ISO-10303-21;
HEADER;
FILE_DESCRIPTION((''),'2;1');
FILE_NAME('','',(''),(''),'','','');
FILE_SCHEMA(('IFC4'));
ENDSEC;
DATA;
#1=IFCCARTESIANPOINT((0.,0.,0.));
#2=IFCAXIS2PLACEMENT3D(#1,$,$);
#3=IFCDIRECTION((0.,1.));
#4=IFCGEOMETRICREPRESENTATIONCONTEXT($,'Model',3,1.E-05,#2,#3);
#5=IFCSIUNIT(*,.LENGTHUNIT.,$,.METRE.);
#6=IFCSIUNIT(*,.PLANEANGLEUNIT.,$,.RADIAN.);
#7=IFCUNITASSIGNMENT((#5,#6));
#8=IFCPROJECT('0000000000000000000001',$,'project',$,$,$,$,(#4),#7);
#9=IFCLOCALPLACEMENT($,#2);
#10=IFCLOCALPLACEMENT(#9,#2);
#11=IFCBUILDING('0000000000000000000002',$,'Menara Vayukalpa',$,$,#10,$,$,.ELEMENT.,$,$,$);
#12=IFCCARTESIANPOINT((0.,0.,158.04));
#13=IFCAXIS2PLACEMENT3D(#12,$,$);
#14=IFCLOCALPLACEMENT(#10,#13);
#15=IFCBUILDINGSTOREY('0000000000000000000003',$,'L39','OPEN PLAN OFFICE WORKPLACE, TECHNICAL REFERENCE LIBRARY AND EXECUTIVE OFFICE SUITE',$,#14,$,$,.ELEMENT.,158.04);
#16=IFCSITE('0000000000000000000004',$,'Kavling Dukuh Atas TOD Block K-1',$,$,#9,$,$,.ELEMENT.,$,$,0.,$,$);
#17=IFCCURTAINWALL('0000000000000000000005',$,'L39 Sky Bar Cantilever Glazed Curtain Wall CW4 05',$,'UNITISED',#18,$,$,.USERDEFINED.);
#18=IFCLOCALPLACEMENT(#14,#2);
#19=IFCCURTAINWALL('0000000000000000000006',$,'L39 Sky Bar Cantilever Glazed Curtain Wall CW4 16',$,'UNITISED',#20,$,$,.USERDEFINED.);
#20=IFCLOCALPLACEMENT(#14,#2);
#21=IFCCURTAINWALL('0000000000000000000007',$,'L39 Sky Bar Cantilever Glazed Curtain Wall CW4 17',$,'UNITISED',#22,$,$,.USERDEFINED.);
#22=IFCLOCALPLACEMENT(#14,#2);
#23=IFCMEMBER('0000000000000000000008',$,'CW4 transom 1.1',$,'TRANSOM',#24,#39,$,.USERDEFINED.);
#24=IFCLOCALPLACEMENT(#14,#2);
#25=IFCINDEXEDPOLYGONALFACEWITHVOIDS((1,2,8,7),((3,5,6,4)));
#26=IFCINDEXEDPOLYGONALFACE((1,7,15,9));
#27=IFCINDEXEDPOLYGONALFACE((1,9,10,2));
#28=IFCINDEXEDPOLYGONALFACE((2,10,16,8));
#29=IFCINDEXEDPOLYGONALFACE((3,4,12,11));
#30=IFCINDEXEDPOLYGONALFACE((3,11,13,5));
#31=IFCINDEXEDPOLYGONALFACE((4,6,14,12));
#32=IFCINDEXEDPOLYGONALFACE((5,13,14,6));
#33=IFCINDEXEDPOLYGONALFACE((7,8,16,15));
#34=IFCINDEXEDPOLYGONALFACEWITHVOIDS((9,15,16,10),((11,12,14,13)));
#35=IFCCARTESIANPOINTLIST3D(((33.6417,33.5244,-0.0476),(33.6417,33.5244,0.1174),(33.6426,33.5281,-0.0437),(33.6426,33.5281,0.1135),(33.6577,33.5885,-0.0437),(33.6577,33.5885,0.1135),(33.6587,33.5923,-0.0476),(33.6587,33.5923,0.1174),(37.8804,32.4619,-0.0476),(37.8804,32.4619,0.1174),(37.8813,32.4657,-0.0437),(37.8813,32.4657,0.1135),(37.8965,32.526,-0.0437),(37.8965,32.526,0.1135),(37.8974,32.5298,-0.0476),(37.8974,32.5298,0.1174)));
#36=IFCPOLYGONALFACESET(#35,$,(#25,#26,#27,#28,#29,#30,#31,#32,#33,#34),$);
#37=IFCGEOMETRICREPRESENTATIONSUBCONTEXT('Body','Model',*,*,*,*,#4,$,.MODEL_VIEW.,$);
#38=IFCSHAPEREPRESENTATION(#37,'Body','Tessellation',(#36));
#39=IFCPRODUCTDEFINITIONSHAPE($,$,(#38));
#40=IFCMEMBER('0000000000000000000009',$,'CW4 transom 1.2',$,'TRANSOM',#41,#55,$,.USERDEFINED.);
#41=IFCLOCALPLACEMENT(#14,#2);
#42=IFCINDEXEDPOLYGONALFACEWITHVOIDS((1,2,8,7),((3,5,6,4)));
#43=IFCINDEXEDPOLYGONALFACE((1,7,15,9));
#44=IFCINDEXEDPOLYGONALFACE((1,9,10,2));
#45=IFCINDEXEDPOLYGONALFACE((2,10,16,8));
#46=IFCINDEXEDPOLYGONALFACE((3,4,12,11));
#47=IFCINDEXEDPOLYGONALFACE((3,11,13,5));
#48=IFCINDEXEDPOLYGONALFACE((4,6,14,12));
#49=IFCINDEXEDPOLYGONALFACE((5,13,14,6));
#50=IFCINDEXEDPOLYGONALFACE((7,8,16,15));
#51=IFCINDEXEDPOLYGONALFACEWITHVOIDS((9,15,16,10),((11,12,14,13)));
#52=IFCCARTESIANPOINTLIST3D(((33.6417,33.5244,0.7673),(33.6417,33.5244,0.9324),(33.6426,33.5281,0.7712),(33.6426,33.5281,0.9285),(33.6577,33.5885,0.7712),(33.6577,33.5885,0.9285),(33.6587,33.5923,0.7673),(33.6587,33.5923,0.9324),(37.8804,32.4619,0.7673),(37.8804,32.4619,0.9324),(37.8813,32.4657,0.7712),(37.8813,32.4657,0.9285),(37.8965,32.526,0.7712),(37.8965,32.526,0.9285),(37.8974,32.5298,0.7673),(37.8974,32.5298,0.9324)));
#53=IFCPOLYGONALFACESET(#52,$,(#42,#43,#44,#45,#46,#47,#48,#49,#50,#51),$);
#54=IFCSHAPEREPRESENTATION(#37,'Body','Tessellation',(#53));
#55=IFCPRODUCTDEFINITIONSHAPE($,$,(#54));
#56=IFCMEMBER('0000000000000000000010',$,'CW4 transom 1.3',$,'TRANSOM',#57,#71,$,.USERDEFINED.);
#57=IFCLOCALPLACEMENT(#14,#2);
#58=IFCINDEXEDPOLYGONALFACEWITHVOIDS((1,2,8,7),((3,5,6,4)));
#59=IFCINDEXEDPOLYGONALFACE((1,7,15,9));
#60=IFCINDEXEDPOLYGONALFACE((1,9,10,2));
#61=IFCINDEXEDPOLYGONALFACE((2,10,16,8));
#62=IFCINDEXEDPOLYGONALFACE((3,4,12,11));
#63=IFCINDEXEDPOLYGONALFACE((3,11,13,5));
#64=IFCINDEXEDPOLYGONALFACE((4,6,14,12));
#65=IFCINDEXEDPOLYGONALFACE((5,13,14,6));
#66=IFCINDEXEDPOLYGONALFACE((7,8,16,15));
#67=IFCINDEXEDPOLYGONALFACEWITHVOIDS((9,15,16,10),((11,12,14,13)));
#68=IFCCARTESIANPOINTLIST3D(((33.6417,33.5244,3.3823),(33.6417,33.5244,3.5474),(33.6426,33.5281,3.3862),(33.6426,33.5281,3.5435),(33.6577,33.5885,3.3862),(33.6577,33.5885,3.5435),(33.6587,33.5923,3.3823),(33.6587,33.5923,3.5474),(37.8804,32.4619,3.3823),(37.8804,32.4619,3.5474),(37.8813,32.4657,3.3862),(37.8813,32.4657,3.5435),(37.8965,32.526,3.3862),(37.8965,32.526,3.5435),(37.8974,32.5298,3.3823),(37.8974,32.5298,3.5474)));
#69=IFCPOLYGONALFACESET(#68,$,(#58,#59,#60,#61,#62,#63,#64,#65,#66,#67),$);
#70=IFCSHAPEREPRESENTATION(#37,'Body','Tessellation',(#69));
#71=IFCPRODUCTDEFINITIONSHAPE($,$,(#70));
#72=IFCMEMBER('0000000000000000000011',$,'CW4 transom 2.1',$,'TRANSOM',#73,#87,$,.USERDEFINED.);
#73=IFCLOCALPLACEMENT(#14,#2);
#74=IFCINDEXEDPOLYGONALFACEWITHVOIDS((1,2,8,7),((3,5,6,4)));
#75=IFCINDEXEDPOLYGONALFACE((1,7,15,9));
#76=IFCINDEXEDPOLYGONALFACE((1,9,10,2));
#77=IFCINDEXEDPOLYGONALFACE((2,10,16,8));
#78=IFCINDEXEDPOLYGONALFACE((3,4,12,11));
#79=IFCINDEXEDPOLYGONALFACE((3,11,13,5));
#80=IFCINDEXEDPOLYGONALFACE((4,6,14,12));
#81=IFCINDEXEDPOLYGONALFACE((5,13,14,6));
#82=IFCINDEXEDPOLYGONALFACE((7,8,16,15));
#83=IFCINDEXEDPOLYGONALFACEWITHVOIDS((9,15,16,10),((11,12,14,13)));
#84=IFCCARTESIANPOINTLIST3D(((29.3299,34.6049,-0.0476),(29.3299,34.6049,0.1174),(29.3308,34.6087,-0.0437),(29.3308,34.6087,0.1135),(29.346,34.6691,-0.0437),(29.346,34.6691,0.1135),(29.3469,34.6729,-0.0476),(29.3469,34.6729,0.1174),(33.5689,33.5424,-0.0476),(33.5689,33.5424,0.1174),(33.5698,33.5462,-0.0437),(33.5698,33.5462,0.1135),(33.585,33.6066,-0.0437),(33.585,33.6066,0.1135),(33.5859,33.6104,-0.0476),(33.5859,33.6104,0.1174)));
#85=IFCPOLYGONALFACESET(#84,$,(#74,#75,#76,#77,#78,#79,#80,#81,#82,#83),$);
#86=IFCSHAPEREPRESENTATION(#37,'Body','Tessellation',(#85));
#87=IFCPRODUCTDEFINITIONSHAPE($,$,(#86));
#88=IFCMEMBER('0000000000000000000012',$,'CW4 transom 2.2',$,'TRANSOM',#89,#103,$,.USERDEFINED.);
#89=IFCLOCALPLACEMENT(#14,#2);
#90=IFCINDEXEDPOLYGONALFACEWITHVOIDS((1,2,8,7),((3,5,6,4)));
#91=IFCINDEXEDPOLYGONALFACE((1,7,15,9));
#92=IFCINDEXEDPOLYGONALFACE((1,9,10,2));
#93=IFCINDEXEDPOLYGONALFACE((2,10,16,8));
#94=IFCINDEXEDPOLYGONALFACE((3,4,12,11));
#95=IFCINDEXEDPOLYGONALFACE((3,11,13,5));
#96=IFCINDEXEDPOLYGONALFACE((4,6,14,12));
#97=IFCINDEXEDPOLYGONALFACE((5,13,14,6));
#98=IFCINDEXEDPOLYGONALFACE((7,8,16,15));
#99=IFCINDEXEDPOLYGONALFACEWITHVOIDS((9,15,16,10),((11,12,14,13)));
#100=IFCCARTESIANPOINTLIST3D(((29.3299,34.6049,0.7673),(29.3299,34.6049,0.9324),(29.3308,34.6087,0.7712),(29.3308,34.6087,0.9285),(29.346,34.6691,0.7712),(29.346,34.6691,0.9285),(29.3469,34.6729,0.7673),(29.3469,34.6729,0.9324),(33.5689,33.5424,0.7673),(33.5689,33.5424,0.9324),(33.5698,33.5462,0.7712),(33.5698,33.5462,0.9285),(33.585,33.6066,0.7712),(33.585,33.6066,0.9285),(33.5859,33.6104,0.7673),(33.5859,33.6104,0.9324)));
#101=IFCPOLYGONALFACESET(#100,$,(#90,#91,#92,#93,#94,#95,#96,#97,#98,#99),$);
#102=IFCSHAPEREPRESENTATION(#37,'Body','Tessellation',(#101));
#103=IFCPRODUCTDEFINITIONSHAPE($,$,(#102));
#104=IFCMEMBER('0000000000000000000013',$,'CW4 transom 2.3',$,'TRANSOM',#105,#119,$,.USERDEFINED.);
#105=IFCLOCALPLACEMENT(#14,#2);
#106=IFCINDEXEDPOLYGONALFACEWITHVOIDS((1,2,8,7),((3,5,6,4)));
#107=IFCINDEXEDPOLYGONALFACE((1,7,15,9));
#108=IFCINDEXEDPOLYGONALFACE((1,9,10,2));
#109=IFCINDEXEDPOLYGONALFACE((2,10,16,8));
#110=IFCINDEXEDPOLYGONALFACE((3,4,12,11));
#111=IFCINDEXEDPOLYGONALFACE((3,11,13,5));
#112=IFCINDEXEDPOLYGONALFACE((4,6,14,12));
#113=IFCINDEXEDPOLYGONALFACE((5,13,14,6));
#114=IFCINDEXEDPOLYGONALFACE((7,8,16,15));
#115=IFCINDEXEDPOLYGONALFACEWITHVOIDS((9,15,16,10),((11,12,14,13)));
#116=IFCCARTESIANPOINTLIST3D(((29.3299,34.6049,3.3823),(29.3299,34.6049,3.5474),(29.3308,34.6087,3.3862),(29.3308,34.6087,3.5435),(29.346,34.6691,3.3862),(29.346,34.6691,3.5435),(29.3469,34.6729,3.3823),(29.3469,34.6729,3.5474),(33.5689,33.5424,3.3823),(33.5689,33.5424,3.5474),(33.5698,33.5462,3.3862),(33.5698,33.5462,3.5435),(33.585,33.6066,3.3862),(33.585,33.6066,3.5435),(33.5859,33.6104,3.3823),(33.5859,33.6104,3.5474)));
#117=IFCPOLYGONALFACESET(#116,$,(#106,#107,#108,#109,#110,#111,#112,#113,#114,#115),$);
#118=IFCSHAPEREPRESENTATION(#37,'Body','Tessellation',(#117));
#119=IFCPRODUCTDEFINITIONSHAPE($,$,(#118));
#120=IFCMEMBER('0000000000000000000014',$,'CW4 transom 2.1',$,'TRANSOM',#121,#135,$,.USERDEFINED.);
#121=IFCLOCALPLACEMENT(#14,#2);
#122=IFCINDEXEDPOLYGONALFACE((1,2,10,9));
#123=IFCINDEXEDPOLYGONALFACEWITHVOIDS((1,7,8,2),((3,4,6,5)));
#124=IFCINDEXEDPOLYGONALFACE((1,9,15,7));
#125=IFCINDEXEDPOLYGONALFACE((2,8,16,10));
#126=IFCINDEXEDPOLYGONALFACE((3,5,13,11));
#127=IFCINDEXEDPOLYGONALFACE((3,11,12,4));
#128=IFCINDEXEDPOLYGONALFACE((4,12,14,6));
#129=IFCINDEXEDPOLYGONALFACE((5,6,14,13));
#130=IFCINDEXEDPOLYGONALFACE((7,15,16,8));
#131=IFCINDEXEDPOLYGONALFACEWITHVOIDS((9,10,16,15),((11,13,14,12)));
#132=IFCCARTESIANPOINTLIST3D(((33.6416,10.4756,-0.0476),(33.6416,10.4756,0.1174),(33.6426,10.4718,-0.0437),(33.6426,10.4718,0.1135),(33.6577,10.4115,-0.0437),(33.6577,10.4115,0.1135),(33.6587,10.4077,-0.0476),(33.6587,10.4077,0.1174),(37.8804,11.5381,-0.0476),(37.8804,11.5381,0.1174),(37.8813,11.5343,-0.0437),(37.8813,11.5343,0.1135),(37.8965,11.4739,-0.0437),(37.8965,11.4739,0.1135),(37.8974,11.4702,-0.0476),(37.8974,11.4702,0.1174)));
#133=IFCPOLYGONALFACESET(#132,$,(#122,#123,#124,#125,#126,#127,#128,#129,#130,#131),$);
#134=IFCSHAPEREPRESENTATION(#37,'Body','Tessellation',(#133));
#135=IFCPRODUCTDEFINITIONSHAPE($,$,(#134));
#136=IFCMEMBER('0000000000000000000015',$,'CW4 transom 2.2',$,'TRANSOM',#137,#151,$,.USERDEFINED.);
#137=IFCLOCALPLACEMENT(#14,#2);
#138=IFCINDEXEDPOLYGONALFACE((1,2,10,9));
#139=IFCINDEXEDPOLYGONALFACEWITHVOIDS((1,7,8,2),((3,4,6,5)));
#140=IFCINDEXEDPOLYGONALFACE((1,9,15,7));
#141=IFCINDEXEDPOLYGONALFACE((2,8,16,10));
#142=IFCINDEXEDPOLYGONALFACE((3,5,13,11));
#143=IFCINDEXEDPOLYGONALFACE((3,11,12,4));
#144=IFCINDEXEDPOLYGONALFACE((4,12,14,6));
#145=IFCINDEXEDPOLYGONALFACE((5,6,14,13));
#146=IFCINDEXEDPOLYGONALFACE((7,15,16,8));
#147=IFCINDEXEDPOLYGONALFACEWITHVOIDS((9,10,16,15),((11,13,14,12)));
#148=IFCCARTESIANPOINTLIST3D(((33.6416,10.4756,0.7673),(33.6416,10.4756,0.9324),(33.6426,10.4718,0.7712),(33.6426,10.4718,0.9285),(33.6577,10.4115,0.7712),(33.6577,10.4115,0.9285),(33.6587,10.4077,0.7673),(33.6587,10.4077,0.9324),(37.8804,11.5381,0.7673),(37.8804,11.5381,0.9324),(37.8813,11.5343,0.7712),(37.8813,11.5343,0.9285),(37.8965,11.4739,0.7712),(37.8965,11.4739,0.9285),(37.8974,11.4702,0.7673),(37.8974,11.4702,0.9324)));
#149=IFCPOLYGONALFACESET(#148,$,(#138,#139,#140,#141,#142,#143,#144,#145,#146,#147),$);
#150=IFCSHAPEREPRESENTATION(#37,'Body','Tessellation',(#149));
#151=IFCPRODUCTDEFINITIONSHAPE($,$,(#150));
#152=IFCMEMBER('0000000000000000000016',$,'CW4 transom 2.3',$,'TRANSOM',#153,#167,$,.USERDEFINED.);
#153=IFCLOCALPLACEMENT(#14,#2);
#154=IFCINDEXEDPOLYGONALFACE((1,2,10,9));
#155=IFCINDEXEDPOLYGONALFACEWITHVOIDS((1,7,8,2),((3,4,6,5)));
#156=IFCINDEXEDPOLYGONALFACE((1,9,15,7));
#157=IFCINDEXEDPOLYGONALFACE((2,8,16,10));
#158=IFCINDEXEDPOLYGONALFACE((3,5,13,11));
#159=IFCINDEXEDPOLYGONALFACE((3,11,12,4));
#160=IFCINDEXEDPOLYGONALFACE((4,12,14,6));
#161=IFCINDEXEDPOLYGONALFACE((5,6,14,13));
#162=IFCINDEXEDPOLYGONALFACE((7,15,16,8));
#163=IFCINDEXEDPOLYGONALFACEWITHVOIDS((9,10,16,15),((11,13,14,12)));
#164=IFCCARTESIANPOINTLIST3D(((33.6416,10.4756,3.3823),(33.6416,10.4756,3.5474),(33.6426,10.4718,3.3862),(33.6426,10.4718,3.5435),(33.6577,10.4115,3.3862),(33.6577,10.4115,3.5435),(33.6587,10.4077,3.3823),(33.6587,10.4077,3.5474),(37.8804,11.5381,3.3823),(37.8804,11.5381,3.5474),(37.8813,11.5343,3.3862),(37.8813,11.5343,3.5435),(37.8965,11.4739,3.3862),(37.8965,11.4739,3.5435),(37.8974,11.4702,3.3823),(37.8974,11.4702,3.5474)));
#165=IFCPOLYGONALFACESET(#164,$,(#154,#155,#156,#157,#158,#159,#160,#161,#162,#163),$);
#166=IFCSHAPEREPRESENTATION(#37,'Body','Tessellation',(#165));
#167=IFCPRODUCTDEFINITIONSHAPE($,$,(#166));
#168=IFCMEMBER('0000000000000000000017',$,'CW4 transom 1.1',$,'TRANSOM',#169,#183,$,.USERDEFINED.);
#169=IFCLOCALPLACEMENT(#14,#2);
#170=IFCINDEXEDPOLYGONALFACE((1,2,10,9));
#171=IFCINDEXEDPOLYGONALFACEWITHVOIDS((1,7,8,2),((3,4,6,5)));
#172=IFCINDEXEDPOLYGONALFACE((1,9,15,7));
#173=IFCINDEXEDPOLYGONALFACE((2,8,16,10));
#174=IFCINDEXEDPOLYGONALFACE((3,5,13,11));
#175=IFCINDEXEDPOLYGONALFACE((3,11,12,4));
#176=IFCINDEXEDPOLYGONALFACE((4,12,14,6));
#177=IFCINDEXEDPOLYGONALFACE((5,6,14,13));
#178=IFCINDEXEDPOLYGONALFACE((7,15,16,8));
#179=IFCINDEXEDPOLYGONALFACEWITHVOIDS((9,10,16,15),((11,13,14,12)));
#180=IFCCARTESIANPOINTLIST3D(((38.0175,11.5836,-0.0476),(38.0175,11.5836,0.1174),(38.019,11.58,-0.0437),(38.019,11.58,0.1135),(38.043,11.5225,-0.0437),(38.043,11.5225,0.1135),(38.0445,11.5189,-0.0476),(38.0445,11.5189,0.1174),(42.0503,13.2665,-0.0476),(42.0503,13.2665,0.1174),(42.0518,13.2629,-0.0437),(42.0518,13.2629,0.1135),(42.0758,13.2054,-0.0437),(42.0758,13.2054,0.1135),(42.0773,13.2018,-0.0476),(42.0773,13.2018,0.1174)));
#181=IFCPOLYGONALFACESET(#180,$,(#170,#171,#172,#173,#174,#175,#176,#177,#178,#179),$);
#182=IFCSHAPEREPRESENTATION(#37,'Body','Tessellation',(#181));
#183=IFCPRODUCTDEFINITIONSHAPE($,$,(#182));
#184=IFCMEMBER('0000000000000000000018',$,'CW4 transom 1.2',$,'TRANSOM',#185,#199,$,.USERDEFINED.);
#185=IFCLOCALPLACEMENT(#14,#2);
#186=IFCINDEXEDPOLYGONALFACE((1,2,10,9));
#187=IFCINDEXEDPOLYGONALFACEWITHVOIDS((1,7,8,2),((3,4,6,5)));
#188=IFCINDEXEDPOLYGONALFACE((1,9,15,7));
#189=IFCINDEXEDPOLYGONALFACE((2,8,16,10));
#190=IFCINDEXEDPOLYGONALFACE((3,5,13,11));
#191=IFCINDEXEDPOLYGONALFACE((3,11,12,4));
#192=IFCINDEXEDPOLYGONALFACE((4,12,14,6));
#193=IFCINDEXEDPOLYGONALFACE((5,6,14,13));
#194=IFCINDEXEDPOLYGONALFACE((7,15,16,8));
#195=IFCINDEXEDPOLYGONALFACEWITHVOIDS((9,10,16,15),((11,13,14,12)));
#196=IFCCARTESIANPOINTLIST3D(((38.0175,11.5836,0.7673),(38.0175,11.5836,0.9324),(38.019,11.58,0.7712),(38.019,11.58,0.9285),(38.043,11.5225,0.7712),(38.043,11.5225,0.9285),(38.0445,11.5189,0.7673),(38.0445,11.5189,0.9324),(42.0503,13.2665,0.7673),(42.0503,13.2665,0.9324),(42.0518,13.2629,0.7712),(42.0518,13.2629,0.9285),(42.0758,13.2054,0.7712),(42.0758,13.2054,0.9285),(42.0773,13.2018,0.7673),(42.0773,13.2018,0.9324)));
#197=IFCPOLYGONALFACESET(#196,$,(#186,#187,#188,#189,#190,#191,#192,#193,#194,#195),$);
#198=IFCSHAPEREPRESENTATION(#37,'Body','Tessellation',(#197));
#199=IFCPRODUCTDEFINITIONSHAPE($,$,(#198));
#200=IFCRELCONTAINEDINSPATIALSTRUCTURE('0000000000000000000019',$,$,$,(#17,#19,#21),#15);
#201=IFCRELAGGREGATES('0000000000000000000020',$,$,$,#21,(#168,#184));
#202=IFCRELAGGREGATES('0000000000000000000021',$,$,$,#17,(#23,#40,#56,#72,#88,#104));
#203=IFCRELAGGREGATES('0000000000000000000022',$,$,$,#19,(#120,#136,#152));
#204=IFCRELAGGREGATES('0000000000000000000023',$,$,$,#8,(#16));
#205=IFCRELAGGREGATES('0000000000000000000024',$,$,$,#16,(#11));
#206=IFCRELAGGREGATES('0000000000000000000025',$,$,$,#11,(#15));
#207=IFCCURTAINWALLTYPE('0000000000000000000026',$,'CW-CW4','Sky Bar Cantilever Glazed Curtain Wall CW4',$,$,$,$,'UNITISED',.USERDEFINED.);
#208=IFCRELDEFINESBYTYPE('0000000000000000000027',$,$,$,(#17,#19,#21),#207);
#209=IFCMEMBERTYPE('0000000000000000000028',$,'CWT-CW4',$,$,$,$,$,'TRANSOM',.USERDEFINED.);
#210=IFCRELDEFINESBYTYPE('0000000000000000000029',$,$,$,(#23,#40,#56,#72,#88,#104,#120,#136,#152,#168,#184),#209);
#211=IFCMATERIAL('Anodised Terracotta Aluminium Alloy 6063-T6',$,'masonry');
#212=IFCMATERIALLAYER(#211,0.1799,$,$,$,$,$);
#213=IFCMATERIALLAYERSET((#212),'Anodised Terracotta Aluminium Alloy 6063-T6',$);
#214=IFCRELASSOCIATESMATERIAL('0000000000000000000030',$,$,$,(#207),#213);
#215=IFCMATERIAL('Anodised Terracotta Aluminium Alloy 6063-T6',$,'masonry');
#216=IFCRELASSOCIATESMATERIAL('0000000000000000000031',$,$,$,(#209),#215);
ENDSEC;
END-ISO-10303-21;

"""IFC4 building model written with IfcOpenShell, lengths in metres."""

from ifc_helpers import new_model, si_unit, direction, frame, origin, origin_2d, place, context, subcontext, project, spatial, hollow_rectangle, extrude, material, layer, layer_set, material_profile, profile_set, type_object, element, aggregate, save


model = new_model("IFC4")

# Units and contexts
model_context = context("Model", 3, precision=1e-05, world=origin(), true_north=direction((0.0, 1.0)))
body_context = subcontext(model_context, "Body", "Model", "MODEL_VIEW")
ifc_project = project(units=[si_unit("LENGTHUNIT", "METRE"), si_unit("PLANEANGLEUNIT", "RADIAN")], contexts=[model_context])

# Site, building, storey
site_placement = place(None, origin())
site = spatial("IfcSite", under=ifc_project, at=site_placement, Name="Kavling Dukuh Atas TOD Block K-1", CompositionType="ELEMENT", RefElevation=0.0)
building_placement = place(site_placement, origin())
building = spatial("IfcBuilding", under=site, at=building_placement, Name="Menara Vayukalpa", CompositionType="ELEMENT")
storey_placement = place(building_placement, frame((0.0, 0.0, 158.04)))
storey = spatial("IfcBuildingStorey", under=building, at=storey_placement, Name="L39", Description="OPEN PLAN OFFICE WORKPLACE, TECHNICAL REFERENCE LIBRARY AND EXECUTIVE OFFICE SUITE", CompositionType="ELEMENT", Elevation=158.04)

# Shared definitions
ifc_material_1 = material(Name="Anodised Terracotta Aluminium Alloy 6063-T6", Category="masonry")
ifc_layer_1 = layer(ifc_material_1, 0.1799)
ifc_layer_set_1 = layer_set([ifc_layer_1], Name="Anodised Terracotta Aluminium Alloy 6063-T6")
curtain_wall_type = type_object("IfcCurtainWallType", Name="CW-CW4", Description="Sky Bar Cantilever Glazed Curtain Wall CW4", ElementType="UNITISED", PredefinedType="USERDEFINED", material=ifc_layer_set_1)

# Curtain walls
curtain_wall_1_placement = place(storey_placement, origin())
curtain_wall_1 = element("IfcCurtainWall", 1, at=curtain_wall_1_placement, inside=storey, type_object=curtain_wall_type, Name="L39 Sky Bar Cantilever Glazed Curtain Wall CW4 05", ObjectType="UNITISED", PredefinedType="USERDEFINED")
curtain_wall_2_placement = place(storey_placement, origin())
curtain_wall_2 = element("IfcCurtainWall", 2, at=curtain_wall_2_placement, inside=storey, type_object=curtain_wall_type, Name="L39 Sky Bar Cantilever Glazed Curtain Wall CW4 16", ObjectType="UNITISED", PredefinedType="USERDEFINED")

# Curtain wall
curtain_wall_3_placement = place(storey_placement, origin())
curtain_wall_3 = element("IfcCurtainWall", 3, at=curtain_wall_3_placement, inside=storey, type_object=curtain_wall_type, Name="L39 Sky Bar Cantilever Glazed Curtain Wall CW4 17", ObjectType="UNITISED", PredefinedType="USERDEFINED")

# Members
ifc_material_2 = material(Name="Anodised Terracotta Aluminium Alloy 6063-T6", Category="masonry")
ifc_material_profile_1 = material_profile(ifc_material_2, hollow_rectangle(XDim=0.0701, YDim=0.165, WallThickness=0.0039, at=origin_2d()), Name="ALU 70x165x4")
ifc_profile_set_1 = profile_set([ifc_material_profile_1], Name="Anodised Terracotta Aluminium Alloy 6063-T6")
member_type_1 = type_object("IfcMemberType", Name="CWT-CW4", ElementType="TRANSOM", PredefinedType="USERDEFINED", material=ifc_profile_set_1)
member_1_placement = place(storey_placement, frame((37.8889, 32.4958, 0.0349), z_axis=(-0.969991, 0.24314, 0.0), x_axis=(-0.24314, -0.969991, 0.0)))
member_1 = element("IfcMember", 4, at=member_1_placement, type_object=member_type_1, Name="CW4 transom 1.1", ObjectType="TRANSOM", PredefinedType="USERDEFINED", context=body_context, shape_type="SweptSolid", body=[
    extrude(hollow_rectangle(XDim=0.0701, YDim=0.165, WallThickness=0.0039, at=origin_2d()), origin(), (0.0, 0.0, 1.0), 4.3699),
])
member_2_placement = place(storey_placement, frame((37.8889, 32.4958, 0.8499), z_axis=(-0.969991, 0.24314, 0.0), x_axis=(-0.24314, -0.969991, 0.0)))
member_2 = element("IfcMember", 5, at=member_2_placement, type_object=member_type_1, Name="CW4 transom 1.2", ObjectType="TRANSOM", PredefinedType="USERDEFINED", context=body_context, shape_type="SweptSolid", body=[
    extrude(hollow_rectangle(XDim=0.0701, YDim=0.165, WallThickness=0.0039, at=origin_2d()), origin(), (0.0, 0.0, 1.0), 4.3699),
])
member_3_placement = place(storey_placement, frame((37.8889, 32.4958, 3.4648), z_axis=(-0.969991, 0.24314, 0.0), x_axis=(-0.24314, -0.969991, 0.0)))
member_3 = element("IfcMember", 6, at=member_3_placement, type_object=member_type_1, Name="CW4 transom 1.3", ObjectType="TRANSOM", PredefinedType="USERDEFINED", context=body_context, shape_type="SweptSolid", body=[
    extrude(hollow_rectangle(XDim=0.0701, YDim=0.165, WallThickness=0.0039, at=origin_2d()), origin(), (0.0, 0.0, 1.0), 4.3699),
])
member_4_placement = place(storey_placement, frame((33.5774, 33.5764, 0.0349), z_axis=(-0.969994, 0.243127, 0.0), x_axis=(-0.243127, -0.969994, 0.0)))
member_4 = element("IfcMember", 7, at=member_4_placement, type_object=member_type_1, Name="CW4 transom 2.1", ObjectType="TRANSOM", PredefinedType="USERDEFINED", context=body_context, shape_type="SweptSolid", body=[
    extrude(hollow_rectangle(XDim=0.0701, YDim=0.165, WallThickness=0.0039, at=origin_2d()), origin(), (0.0, 0.0, 1.0), 4.3701),
])
member_5_placement = place(storey_placement, frame((33.5774, 33.5764, 0.8499), z_axis=(-0.969994, 0.243127, 0.0), x_axis=(-0.243127, -0.969994, 0.0)))
member_5 = element("IfcMember", 8, at=member_5_placement, type_object=member_type_1, Name="CW4 transom 2.2", ObjectType="TRANSOM", PredefinedType="USERDEFINED", context=body_context, shape_type="SweptSolid", body=[
    extrude(hollow_rectangle(XDim=0.0701, YDim=0.165, WallThickness=0.0039, at=origin_2d()), origin(), (0.0, 0.0, 1.0), 4.3701),
])
member_6_placement = place(storey_placement, frame((33.5774, 33.5764, 3.4648), z_axis=(-0.969994, 0.243127, 0.0), x_axis=(-0.243127, -0.969994, 0.0)))
member_6 = element("IfcMember", 9, at=member_6_placement, type_object=member_type_1, Name="CW4 transom 2.3", ObjectType="TRANSOM", PredefinedType="USERDEFINED", context=body_context, shape_type="SweptSolid", body=[
    extrude(hollow_rectangle(XDim=0.0701, YDim=0.165, WallThickness=0.0039, at=origin_2d()), origin(), (0.0, 0.0, 1.0), 4.3701),
])
member_7_placement = place(storey_placement, frame((33.6501, 10.4417, 0.0349), z_axis=(0.969991, 0.24314, 0.0), x_axis=(-0.24314, 0.969991, 0.0)))
member_7 = element("IfcMember", 10, at=member_7_placement, type_object=member_type_1, Name="CW4 transom 2.1", ObjectType="TRANSOM", PredefinedType="USERDEFINED", context=body_context, shape_type="SweptSolid", body=[
    extrude(hollow_rectangle(XDim=0.0701, YDim=0.165, WallThickness=0.0039, at=origin_2d()), origin(), (0.0, 0.0, 1.0), 4.3699),
])
member_8_placement = place(storey_placement, frame((33.6501, 10.4417, 0.8499), z_axis=(0.969991, 0.24314, 0.0), x_axis=(-0.24314, 0.969991, 0.0)))
member_8 = element("IfcMember", 11, at=member_8_placement, type_object=member_type_1, Name="CW4 transom 2.2", ObjectType="TRANSOM", PredefinedType="USERDEFINED", context=body_context, shape_type="SweptSolid", body=[
    extrude(hollow_rectangle(XDim=0.0701, YDim=0.165, WallThickness=0.0039, at=origin_2d()), origin(), (0.0, 0.0, 1.0), 4.3699),
])
member_9_placement = place(storey_placement, frame((33.6501, 10.4417, 3.4648), z_axis=(0.969991, 0.24314, 0.0), x_axis=(-0.24314, 0.969991, 0.0)))
member_9 = element("IfcMember", 12, at=member_9_placement, type_object=member_type_1, Name="CW4 transom 2.3", ObjectType="TRANSOM", PredefinedType="USERDEFINED", context=body_context, shape_type="SweptSolid", body=[
    extrude(hollow_rectangle(XDim=0.0701, YDim=0.165, WallThickness=0.0039, at=origin_2d()), origin(), (0.0, 0.0, 1.0), 4.3699),
])
member_10_placement = place(storey_placement, frame((38.031, 11.5513, 0.0349), z_axis=(0.922869, 0.385115, 0.0), x_axis=(-0.385115, 0.922869, 0.0)))
member_10 = element("IfcMember", 13, at=member_10_placement, type_object=member_type_1, Name="CW4 transom 1.1", ObjectType="TRANSOM", PredefinedType="USERDEFINED", context=body_context, shape_type="SweptSolid", body=[
    extrude(hollow_rectangle(XDim=0.0701, YDim=0.165, WallThickness=0.0039, at=origin_2d()), origin(), (0.0, 0.0, 1.0), 4.3699),
])
member_11_placement = place(storey_placement, frame((38.031, 11.5513, 0.8499), z_axis=(0.922869, 0.385115, 0.0), x_axis=(-0.385115, 0.922869, 0.0)))
member_11 = element("IfcMember", 14, at=member_11_placement, type_object=member_type_1, Name="CW4 transom 1.2", ObjectType="TRANSOM", PredefinedType="USERDEFINED", context=body_context, shape_type="SweptSolid", body=[
    extrude(hollow_rectangle(XDim=0.0701, YDim=0.165, WallThickness=0.0039, at=origin_2d()), origin(), (0.0, 0.0, 1.0), 4.3699),
])
aggregate(curtain_wall_3, [member_10, member_11])

aggregate(curtain_wall_1, [member_1, member_2, member_3, member_4, member_5, member_6])
aggregate(curtain_wall_2, [member_7, member_8, member_9])

save(model, "model.ifc")
